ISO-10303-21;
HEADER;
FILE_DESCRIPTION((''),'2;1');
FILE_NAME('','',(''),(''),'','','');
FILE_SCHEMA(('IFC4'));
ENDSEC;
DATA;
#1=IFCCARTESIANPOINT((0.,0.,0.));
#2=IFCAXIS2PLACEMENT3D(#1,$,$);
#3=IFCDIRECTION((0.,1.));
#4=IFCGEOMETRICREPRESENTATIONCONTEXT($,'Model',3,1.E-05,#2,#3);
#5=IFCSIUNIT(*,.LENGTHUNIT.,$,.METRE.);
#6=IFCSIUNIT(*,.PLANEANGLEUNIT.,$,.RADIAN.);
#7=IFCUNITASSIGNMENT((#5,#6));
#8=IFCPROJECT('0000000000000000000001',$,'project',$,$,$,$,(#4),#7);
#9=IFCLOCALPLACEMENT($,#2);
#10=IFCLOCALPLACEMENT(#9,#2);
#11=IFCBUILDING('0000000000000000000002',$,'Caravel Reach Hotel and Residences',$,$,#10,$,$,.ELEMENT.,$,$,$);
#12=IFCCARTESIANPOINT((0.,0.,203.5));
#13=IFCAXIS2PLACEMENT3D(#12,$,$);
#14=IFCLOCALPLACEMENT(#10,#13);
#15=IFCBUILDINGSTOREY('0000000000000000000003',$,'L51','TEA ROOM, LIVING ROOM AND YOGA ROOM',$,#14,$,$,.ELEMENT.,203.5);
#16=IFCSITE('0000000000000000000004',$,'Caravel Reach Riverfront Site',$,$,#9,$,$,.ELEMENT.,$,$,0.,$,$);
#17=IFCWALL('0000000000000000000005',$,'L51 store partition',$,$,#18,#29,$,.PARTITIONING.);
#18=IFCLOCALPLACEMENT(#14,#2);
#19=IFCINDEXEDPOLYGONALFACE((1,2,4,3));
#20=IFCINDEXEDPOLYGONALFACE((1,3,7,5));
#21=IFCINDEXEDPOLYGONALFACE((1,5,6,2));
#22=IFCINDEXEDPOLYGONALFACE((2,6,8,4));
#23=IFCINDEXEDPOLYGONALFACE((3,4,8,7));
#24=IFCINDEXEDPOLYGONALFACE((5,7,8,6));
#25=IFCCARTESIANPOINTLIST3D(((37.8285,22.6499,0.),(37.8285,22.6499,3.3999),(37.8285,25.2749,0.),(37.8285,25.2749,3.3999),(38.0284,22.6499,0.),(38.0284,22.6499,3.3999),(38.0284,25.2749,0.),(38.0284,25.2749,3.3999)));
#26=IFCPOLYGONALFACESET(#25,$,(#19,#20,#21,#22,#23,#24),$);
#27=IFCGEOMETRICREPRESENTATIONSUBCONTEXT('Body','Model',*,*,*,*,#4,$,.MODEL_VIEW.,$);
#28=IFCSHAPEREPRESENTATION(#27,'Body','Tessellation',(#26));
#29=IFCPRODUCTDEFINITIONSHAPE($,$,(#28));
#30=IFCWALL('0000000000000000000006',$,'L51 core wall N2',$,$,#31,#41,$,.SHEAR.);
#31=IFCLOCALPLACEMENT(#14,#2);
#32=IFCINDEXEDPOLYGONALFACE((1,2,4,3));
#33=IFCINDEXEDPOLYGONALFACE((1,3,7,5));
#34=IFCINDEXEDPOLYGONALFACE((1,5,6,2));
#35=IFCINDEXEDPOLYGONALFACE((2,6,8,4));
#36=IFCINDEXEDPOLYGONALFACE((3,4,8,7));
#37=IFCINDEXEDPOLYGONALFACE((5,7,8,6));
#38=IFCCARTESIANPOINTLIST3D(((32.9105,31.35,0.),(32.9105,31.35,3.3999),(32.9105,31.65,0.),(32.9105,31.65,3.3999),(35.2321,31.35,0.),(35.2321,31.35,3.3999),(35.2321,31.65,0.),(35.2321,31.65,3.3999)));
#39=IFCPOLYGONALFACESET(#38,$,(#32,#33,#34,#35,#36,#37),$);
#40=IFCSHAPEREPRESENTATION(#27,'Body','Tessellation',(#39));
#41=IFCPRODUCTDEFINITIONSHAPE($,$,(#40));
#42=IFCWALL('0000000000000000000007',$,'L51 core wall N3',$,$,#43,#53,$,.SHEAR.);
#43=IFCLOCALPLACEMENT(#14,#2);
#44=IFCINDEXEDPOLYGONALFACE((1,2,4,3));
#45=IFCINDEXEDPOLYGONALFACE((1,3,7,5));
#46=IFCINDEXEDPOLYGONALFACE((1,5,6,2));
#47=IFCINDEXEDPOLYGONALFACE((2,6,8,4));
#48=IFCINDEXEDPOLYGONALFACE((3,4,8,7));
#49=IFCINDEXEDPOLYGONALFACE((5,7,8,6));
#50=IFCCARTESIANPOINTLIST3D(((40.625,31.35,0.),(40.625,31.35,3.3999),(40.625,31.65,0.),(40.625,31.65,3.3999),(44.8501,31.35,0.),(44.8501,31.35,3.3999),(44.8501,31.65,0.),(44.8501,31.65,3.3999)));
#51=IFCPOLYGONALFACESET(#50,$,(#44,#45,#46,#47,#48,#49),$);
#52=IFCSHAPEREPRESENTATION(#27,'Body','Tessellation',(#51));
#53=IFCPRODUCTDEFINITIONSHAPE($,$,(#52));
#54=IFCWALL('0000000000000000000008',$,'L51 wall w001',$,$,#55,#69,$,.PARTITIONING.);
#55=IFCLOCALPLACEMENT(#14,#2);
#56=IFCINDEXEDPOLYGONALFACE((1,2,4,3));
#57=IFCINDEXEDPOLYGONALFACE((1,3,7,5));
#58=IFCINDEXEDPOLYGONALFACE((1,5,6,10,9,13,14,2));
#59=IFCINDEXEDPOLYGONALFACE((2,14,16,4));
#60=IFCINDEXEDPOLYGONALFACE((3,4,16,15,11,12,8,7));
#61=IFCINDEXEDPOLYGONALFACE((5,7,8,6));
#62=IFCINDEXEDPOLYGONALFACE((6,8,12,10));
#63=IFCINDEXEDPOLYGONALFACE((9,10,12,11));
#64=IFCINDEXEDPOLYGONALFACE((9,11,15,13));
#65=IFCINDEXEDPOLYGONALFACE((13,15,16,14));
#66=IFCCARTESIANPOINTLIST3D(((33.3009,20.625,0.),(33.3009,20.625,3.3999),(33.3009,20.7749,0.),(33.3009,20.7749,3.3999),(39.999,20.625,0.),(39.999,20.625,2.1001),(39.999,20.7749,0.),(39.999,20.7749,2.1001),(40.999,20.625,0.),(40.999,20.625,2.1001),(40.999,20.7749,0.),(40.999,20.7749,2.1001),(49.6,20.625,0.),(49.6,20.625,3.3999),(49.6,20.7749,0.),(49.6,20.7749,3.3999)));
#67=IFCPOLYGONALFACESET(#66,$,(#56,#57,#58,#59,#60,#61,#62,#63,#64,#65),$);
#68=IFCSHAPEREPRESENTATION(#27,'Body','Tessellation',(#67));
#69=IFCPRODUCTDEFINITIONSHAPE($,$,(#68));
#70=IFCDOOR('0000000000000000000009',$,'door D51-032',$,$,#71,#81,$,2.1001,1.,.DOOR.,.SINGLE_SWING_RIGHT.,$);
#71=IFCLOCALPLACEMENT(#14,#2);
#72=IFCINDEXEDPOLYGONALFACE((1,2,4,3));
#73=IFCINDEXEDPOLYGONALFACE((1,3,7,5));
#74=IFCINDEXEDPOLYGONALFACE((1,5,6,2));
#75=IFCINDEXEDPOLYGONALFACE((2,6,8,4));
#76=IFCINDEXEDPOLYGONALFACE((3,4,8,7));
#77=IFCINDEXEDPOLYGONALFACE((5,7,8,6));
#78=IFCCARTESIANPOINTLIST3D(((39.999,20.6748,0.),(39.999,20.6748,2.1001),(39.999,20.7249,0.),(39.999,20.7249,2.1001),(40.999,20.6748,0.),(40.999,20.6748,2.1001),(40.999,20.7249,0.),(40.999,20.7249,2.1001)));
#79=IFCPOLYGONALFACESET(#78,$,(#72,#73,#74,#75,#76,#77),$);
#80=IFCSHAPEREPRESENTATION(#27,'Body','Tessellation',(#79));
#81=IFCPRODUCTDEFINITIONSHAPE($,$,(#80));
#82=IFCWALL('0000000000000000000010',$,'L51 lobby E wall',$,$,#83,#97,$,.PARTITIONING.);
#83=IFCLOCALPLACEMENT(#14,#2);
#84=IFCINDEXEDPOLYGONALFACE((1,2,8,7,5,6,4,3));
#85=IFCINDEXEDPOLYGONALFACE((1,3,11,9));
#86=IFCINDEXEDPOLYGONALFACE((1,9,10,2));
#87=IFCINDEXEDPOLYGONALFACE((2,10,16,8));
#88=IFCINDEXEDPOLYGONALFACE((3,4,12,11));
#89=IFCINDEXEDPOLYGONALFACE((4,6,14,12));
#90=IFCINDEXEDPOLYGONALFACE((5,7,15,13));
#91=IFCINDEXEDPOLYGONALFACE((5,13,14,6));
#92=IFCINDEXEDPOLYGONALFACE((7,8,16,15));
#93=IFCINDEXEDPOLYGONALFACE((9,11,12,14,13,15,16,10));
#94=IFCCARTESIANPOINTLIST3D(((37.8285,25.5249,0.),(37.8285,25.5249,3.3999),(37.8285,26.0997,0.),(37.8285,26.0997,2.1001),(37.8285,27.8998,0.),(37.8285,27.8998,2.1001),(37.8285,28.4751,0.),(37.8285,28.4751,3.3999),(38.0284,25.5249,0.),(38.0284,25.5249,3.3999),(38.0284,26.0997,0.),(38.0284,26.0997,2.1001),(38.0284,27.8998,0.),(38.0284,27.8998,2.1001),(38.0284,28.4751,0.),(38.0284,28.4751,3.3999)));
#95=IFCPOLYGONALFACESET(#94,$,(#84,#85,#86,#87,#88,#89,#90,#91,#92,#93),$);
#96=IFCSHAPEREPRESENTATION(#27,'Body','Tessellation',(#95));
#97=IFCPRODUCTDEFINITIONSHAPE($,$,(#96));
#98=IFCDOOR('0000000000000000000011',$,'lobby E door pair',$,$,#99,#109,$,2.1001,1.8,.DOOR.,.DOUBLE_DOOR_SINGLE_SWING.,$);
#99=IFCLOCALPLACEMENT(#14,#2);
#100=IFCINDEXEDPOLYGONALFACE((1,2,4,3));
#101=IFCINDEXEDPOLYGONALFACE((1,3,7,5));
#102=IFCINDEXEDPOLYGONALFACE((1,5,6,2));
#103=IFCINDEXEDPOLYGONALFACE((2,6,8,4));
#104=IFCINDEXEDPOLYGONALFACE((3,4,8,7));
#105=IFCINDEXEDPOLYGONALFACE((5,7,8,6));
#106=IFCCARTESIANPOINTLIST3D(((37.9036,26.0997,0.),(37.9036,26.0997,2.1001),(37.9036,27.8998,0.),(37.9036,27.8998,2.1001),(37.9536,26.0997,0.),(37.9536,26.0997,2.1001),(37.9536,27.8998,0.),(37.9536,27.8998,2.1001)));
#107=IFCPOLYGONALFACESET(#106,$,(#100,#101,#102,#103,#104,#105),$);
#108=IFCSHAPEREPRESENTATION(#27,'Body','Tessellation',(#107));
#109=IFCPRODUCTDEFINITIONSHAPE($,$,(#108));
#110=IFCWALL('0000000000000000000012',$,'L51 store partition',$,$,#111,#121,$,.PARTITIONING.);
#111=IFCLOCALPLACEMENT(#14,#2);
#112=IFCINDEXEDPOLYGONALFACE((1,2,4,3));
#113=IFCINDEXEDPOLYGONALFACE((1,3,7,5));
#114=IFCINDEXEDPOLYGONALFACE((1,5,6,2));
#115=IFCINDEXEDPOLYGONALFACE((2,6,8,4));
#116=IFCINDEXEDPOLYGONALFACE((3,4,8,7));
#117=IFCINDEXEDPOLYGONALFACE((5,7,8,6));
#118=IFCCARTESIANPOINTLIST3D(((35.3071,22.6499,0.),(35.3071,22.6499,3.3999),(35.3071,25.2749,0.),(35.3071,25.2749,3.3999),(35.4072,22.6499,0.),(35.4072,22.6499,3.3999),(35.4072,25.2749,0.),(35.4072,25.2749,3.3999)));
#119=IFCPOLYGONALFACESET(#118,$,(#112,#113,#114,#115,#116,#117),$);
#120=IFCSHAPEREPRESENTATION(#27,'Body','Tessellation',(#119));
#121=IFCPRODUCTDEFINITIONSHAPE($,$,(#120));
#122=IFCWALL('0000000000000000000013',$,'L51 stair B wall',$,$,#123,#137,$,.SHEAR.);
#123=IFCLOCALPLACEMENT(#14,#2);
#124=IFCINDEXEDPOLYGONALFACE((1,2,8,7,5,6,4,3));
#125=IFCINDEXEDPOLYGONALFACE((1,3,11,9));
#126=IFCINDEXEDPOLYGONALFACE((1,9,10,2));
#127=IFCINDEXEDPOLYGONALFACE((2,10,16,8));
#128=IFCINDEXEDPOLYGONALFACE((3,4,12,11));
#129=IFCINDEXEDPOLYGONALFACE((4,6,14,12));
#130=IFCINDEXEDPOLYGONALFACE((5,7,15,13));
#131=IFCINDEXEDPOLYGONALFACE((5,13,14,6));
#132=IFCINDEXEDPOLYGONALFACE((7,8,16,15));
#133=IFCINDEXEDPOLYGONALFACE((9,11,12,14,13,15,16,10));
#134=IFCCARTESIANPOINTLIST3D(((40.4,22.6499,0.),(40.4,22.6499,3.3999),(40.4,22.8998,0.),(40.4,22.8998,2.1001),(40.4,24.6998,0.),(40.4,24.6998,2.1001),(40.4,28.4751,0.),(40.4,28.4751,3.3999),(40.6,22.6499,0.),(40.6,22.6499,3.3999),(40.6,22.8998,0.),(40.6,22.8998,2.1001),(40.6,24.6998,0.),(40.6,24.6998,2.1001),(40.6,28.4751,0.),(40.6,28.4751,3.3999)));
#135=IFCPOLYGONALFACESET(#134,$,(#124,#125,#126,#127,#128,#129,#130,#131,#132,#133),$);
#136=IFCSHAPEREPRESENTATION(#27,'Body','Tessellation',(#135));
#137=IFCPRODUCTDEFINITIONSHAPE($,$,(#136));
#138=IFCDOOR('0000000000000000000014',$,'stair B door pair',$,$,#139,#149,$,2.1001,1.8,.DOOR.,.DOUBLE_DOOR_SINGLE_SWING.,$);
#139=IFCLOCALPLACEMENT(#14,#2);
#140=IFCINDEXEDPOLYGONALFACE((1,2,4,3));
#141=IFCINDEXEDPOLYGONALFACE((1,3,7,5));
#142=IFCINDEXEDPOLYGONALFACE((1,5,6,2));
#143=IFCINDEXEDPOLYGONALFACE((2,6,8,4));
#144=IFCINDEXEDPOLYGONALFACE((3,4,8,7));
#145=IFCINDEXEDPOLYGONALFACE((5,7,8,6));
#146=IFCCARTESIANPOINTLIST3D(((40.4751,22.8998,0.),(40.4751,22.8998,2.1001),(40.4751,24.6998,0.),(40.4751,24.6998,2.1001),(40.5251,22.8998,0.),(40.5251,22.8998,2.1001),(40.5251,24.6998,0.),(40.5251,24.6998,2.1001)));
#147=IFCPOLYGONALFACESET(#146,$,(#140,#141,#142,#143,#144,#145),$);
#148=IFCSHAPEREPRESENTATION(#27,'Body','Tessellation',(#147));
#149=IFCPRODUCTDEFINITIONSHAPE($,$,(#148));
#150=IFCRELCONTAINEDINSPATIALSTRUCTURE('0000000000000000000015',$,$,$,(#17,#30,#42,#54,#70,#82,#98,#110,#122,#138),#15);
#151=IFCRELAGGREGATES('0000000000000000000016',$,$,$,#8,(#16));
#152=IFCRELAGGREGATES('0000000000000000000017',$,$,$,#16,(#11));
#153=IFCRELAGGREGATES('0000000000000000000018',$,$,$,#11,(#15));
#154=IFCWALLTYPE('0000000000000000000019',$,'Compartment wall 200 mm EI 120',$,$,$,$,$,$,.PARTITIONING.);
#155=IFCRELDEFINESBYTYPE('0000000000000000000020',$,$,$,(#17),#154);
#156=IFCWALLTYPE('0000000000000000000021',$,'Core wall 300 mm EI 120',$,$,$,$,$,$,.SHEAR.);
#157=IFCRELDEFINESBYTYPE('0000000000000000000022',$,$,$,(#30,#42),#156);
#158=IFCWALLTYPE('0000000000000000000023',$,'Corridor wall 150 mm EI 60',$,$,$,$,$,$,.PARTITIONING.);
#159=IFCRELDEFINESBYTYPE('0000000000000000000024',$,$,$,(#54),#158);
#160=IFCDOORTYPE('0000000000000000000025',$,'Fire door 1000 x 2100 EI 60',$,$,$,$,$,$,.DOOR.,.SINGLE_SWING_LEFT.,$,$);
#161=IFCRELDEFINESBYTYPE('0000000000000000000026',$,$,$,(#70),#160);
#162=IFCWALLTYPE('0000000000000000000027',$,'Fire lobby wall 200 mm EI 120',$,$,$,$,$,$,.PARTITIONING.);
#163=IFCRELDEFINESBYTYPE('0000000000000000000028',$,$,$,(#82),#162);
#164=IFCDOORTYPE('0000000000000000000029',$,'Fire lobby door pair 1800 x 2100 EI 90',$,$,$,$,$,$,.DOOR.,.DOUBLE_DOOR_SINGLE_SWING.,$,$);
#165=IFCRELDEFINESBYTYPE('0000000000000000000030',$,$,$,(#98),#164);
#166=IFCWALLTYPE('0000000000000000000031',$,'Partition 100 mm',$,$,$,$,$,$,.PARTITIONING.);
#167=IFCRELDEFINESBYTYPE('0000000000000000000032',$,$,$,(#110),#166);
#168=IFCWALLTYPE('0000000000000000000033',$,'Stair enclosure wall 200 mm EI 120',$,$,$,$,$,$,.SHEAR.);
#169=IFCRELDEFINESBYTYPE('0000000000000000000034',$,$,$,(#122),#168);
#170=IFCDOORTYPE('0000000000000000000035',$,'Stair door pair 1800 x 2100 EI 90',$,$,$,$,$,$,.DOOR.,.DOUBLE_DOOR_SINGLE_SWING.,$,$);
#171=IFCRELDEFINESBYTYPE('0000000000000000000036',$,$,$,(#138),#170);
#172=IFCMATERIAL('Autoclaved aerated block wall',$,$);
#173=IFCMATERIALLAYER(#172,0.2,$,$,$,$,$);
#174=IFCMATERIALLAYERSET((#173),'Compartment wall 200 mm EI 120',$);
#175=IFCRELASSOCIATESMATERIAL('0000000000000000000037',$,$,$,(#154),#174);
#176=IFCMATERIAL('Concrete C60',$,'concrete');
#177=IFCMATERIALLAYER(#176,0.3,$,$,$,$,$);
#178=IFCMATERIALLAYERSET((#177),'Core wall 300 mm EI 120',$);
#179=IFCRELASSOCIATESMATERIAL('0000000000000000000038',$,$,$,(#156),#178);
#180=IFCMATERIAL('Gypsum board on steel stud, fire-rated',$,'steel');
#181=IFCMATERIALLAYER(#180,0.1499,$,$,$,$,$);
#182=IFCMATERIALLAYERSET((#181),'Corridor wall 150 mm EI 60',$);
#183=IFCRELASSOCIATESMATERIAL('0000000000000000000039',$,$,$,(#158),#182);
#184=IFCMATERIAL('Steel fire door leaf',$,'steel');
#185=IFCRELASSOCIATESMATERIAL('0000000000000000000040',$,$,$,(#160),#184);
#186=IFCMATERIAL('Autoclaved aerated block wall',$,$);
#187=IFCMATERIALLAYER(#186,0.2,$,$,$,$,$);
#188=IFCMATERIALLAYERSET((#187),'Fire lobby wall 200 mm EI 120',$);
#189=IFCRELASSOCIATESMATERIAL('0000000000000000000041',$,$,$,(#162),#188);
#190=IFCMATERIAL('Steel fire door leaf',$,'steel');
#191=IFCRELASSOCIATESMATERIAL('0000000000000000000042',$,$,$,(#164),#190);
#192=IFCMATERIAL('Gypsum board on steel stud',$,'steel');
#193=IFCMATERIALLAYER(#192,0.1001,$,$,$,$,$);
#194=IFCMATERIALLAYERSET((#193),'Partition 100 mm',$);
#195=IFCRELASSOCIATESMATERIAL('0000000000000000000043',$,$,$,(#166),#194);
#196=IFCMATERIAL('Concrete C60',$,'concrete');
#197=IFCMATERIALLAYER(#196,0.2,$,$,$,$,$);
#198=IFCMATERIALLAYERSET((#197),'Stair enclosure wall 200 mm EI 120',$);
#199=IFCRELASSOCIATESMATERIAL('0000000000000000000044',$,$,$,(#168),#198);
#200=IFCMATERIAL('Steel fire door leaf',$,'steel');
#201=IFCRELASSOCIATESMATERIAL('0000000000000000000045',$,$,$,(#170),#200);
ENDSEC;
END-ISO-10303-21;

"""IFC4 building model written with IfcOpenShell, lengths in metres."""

from ifc_helpers import new_model, si_unit, direction, frame, frame_2d, origin, place, context, subcontext, project, spatial, rectangle, extrude, material, layer, layer_set, type_object, element, fill, save


model = new_model("IFC4")

# Units and contexts
model_context = context("Model", 3, precision=1e-05, world=origin(), true_north=direction((0.0, 1.0)))
body_context = subcontext(model_context, "Body", "Model", "MODEL_VIEW")
ifc_project = project(units=[si_unit("LENGTHUNIT", "METRE"), si_unit("PLANEANGLEUNIT", "RADIAN")], contexts=[model_context])

# Site, building, storey
site_placement = place(None, origin())
site = spatial("IfcSite", under=ifc_project, at=site_placement, Name="Caravel Reach Riverfront Site", CompositionType="ELEMENT", RefElevation=0.0)
building_placement = place(site_placement, origin())
building = spatial("IfcBuilding", under=site, at=building_placement, Name="Caravel Reach Hotel and Residences", CompositionType="ELEMENT")
storey_placement = place(building_placement, frame((0.0, 0.0, 203.5)))
storey = spatial("IfcBuildingStorey", under=building, at=storey_placement, Name="L51", Description="TEA ROOM, LIVING ROOM AND YOGA ROOM", CompositionType="ELEMENT", Elevation=203.5)

# Walls
ifc_material_1 = material(Name="Autoclaved aerated block wall")
ifc_layer_1 = layer(ifc_material_1, 0.2)
ifc_layer_set_1 = layer_set([ifc_layer_1], Name="Compartment wall 200 mm EI 120")
wall_type_1 = type_object("IfcWallType", Name="Compartment wall 200 mm EI 120", PredefinedType="PARTITIONING", material=ifc_layer_set_1)
wall_1_placement = place(storey_placement, frame((37.9285, 22.6499, 0.0), z_axis=(0.0, 0.0, 1.0), x_axis=(0.0, 1.0, 0.0)))
element("IfcWall", 1, at=wall_1_placement, inside=storey, type_object=wall_type_1, Name="L51 store partition", PredefinedType="PARTITIONING", context=body_context, shape_type="SweptSolid", body=[
    extrude(rectangle(XDim=2.625, YDim=0.2, at=frame_2d((1.3125, 0.0))), origin(), (0.0, 0.0, 1.0), 3.3999),
])
ifc_material_2 = material(Name="Concrete C60", Category="concrete")
ifc_layer_2 = layer(ifc_material_2, 0.3)
ifc_layer_set_2 = layer_set([ifc_layer_2], Name="Core wall 300 mm EI 120")
wall_type_2 = type_object("IfcWallType", Name="Core wall 300 mm EI 120", PredefinedType="SHEAR", material=ifc_layer_set_2)
wall_2_placement = place(storey_placement, frame((32.9106, 31.5, 0.0), z_axis=(0.0, 0.0, 1.0), x_axis=(1.0, 0.0, 0.0)))
element("IfcWall", 2, at=wall_2_placement, inside=storey, type_object=wall_type_2, Name="L51 core wall N2", PredefinedType="SHEAR", context=body_context, shape_type="SweptSolid", body=[
    extrude(rectangle(XDim=2.3215, YDim=0.3, at=frame_2d((1.1606, 0.0))), origin(), (0.0, 0.0, 1.0), 3.3999),
])
wall_3_placement = place(storey_placement, frame((40.625, 31.5, 0.0), z_axis=(0.0, 0.0, 1.0), x_axis=(1.0, 0.0, 0.0)))
element("IfcWall", 3, at=wall_3_placement, inside=storey, type_object=wall_type_2, Name="L51 core wall N3", PredefinedType="SHEAR", context=body_context, shape_type="SweptSolid", body=[
    extrude(rectangle(XDim=4.2251, YDim=0.3, at=frame_2d((2.1125, 0.0))), origin(), (0.0, 0.0, 1.0), 3.3999),
])

# Walls, openings, doors
ifc_material_3 = material(Name="Gypsum board on steel stud, fire-rated", Category="steel")
ifc_layer_3 = layer(ifc_material_3, 0.1499)
ifc_layer_set_3 = layer_set([ifc_layer_3], Name="Corridor wall 150 mm EI 60")
wall_type_3 = type_object("IfcWallType", Name="Corridor wall 150 mm EI 60", PredefinedType="PARTITIONING", material=ifc_layer_set_3)
wall_4_placement = place(storey_placement, frame((33.301, 20.7, 0.0), z_axis=(0.0, 0.0, 1.0), x_axis=(1.0, 0.0, 0.0)))
wall_4 = element("IfcWall", 4, at=wall_4_placement, inside=storey, type_object=wall_type_3, Name="L51 wall w001", PredefinedType="PARTITIONING", context=body_context, shape_type="SweptSolid", body=[
    extrude(rectangle(XDim=16.2991, YDim=0.1499, at=frame_2d((8.1494, 0.0))), origin(), (0.0, 0.0, 1.0), 3.3999),
])
opening_1_placement = place(wall_4_placement, frame((6.698, 0.0, 0.0)))
opening_1 = element("IfcOpeningElement", 5, at=opening_1_placement, cuts=wall_4, PredefinedType="OPENING", context=body_context, shape_type="SweptSolid", body=[
    extrude(rectangle(XDim=1.0, YDim=2.1001, at=frame_2d((0.5, 1.05))), frame((0.0, 0.085, 0.0), z_axis=(0.0, -1.0, 0.0), x_axis=(1.0, 0.0, 0.0)), (0.0, 0.0, 1.0), 0.1699),
])
ifc_material_4 = material(Name="Steel fire door leaf", Category="steel")
door_type_1 = type_object("IfcDoorType", Name="Fire door 1000 x 2100 EI 60", OperationType="SINGLE_SWING_LEFT", PredefinedType="DOOR", material=ifc_material_4)
door_1_placement = place(opening_1_placement, origin())
door_1 = element("IfcDoor", 6, at=door_1_placement, inside=storey, type_object=door_type_1, Name="door D51-032", OperationType="SINGLE_SWING_RIGHT", OverallHeight=2.1001, OverallWidth=1.0, PredefinedType="DOOR", context=body_context, shape_type="SweptSolid", body=[
    extrude(rectangle(XDim=1.0, YDim=2.1001, at=frame_2d((0.5, 1.05))), frame((0.0, 0.0249, 0.0), z_axis=(0.0, -1.0, 0.0), x_axis=(1.0, 0.0, 0.0)), (0.0, 0.0, 1.0), 0.05),
])
fill(opening_1, door_1)
ifc_material_5 = material(Name="Autoclaved aerated block wall")
ifc_layer_4 = layer(ifc_material_5, 0.2)
ifc_layer_set_4 = layer_set([ifc_layer_4], Name="Fire lobby wall 200 mm EI 120")
wall_type_4 = type_object("IfcWallType", Name="Fire lobby wall 200 mm EI 120", PredefinedType="PARTITIONING", material=ifc_layer_set_4)
wall_5_placement = place(storey_placement, frame((37.9285, 25.5249, 0.0), z_axis=(0.0, 0.0, 1.0), x_axis=(0.0, 1.0, 0.0)))
wall_5 = element("IfcWall", 7, at=wall_5_placement, inside=storey, type_object=wall_type_4, Name="L51 lobby E wall", PredefinedType="PARTITIONING", context=body_context, shape_type="SweptSolid", body=[
    extrude(rectangle(XDim=2.9502, YDim=0.2, at=frame_2d((1.4751, 0.0))), origin(), (0.0, 0.0, 1.0), 3.3999),
])
opening_2_placement = place(wall_5_placement, frame((0.575, 0.0, 0.0)))
opening_2 = element("IfcOpeningElement", 8, at=opening_2_placement, cuts=wall_5, PredefinedType="OPENING", context=body_context, shape_type="SweptSolid", body=[
    extrude(rectangle(XDim=1.8, YDim=2.1001, at=frame_2d((0.8999, 1.05))), frame((0.0, 0.1099, 0.0), z_axis=(0.0, -1.0, 0.0), x_axis=(1.0, 0.0, 0.0)), (0.0, 0.0, 1.0), 0.22),
])
ifc_material_6 = material(Name="Steel fire door leaf", Category="steel")
door_type_2 = type_object("IfcDoorType", Name="Fire lobby door pair 1800 x 2100 EI 90", OperationType="DOUBLE_DOOR_SINGLE_SWING", PredefinedType="DOOR", material=ifc_material_6)
door_2_placement = place(opening_2_placement, origin())
door_2 = element("IfcDoor", 9, at=door_2_placement, inside=storey, type_object=door_type_2, Name="lobby E door pair", OperationType="DOUBLE_DOOR_SINGLE_SWING", OverallHeight=2.1001, OverallWidth=1.8, PredefinedType="DOOR", context=body_context, shape_type="SweptSolid", body=[
    extrude(rectangle(XDim=1.8, YDim=2.1001, at=frame_2d((0.8999, 1.05))), frame((0.0, 0.0249, 0.0), z_axis=(0.0, -1.0, 0.0), x_axis=(1.0, 0.0, 0.0)), (0.0, 0.0, 1.0), 0.05),
])
fill(opening_2, door_2)

# Wall
ifc_material_7 = material(Name="Gypsum board on steel stud", Category="steel")
ifc_layer_5 = layer(ifc_material_7, 0.1001)
ifc_layer_set_5 = layer_set([ifc_layer_5], Name="Partition 100 mm")
wall_type_5 = type_object("IfcWallType", Name="Partition 100 mm", PredefinedType="PARTITIONING", material=ifc_layer_set_5)
wall_6_placement = place(storey_placement, frame((35.3572, 22.6499, 0.0), z_axis=(0.0, 0.0, 1.0), x_axis=(0.0, 1.0, 0.0)))
element("IfcWall", 10, at=wall_6_placement, inside=storey, type_object=wall_type_5, Name="L51 store partition", PredefinedType="PARTITIONING", context=body_context, shape_type="SweptSolid", body=[
    extrude(rectangle(XDim=2.625, YDim=0.1001, at=frame_2d((1.3125, 0.0))), origin(), (0.0, 0.0, 1.0), 3.3999),
])

# Wall, opening, door
ifc_material_8 = material(Name="Concrete C60", Category="concrete")
ifc_layer_6 = layer(ifc_material_8, 0.2)
ifc_layer_set_6 = layer_set([ifc_layer_6], Name="Stair enclosure wall 200 mm EI 120")
wall_type_6 = type_object("IfcWallType", Name="Stair enclosure wall 200 mm EI 120", PredefinedType="SHEAR", material=ifc_layer_set_6)
wall_7_placement = place(storey_placement, frame((40.5, 22.6499, 0.0), z_axis=(0.0, 0.0, 1.0), x_axis=(0.0, 1.0, 0.0)))
wall_7 = element("IfcWall", 11, at=wall_7_placement, inside=storey, type_object=wall_type_6, Name="L51 stair B wall", PredefinedType="SHEAR", context=body_context, shape_type="SweptSolid", body=[
    extrude(rectangle(XDim=5.8252, YDim=0.2, at=frame_2d((2.9126, 0.0))), origin(), (0.0, 0.0, 1.0), 3.3999),
])
opening_3_placement = place(wall_7_placement, frame((0.25, 0.0, 0.0)))
opening_3 = element("IfcOpeningElement", 12, at=opening_3_placement, cuts=wall_7, PredefinedType="OPENING", context=body_context, shape_type="SweptSolid", body=[
    extrude(rectangle(XDim=1.8, YDim=2.1001, at=frame_2d((0.8999, 1.05))), frame((0.0, 0.1099, 0.0), z_axis=(0.0, -1.0, 0.0), x_axis=(1.0, 0.0, 0.0)), (0.0, 0.0, 1.0), 0.22),
])
ifc_material_9 = material(Name="Steel fire door leaf", Category="steel")
door_type_3 = type_object("IfcDoorType", Name="Stair door pair 1800 x 2100 EI 90", OperationType="DOUBLE_DOOR_SINGLE_SWING", PredefinedType="DOOR", material=ifc_material_9)
door_3_placement = place(opening_3_placement, origin())
door_3 = element("IfcDoor", 13, at=door_3_placement, inside=storey, type_object=door_type_3, Name="stair B door pair", OperationType="DOUBLE_DOOR_SINGLE_SWING", OverallHeight=2.1001, OverallWidth=1.8, PredefinedType="DOOR", context=body_context, shape_type="SweptSolid", body=[
    extrude(rectangle(XDim=1.8, YDim=2.1001, at=frame_2d((0.8999, 1.05))), frame((0.0, 0.0249, 0.0), z_axis=(0.0, -1.0, 0.0), x_axis=(1.0, 0.0, 0.0)), (0.0, 0.0, 1.0), 0.05),
])
fill(opening_3, door_3)

save(model, "model.ifc")
